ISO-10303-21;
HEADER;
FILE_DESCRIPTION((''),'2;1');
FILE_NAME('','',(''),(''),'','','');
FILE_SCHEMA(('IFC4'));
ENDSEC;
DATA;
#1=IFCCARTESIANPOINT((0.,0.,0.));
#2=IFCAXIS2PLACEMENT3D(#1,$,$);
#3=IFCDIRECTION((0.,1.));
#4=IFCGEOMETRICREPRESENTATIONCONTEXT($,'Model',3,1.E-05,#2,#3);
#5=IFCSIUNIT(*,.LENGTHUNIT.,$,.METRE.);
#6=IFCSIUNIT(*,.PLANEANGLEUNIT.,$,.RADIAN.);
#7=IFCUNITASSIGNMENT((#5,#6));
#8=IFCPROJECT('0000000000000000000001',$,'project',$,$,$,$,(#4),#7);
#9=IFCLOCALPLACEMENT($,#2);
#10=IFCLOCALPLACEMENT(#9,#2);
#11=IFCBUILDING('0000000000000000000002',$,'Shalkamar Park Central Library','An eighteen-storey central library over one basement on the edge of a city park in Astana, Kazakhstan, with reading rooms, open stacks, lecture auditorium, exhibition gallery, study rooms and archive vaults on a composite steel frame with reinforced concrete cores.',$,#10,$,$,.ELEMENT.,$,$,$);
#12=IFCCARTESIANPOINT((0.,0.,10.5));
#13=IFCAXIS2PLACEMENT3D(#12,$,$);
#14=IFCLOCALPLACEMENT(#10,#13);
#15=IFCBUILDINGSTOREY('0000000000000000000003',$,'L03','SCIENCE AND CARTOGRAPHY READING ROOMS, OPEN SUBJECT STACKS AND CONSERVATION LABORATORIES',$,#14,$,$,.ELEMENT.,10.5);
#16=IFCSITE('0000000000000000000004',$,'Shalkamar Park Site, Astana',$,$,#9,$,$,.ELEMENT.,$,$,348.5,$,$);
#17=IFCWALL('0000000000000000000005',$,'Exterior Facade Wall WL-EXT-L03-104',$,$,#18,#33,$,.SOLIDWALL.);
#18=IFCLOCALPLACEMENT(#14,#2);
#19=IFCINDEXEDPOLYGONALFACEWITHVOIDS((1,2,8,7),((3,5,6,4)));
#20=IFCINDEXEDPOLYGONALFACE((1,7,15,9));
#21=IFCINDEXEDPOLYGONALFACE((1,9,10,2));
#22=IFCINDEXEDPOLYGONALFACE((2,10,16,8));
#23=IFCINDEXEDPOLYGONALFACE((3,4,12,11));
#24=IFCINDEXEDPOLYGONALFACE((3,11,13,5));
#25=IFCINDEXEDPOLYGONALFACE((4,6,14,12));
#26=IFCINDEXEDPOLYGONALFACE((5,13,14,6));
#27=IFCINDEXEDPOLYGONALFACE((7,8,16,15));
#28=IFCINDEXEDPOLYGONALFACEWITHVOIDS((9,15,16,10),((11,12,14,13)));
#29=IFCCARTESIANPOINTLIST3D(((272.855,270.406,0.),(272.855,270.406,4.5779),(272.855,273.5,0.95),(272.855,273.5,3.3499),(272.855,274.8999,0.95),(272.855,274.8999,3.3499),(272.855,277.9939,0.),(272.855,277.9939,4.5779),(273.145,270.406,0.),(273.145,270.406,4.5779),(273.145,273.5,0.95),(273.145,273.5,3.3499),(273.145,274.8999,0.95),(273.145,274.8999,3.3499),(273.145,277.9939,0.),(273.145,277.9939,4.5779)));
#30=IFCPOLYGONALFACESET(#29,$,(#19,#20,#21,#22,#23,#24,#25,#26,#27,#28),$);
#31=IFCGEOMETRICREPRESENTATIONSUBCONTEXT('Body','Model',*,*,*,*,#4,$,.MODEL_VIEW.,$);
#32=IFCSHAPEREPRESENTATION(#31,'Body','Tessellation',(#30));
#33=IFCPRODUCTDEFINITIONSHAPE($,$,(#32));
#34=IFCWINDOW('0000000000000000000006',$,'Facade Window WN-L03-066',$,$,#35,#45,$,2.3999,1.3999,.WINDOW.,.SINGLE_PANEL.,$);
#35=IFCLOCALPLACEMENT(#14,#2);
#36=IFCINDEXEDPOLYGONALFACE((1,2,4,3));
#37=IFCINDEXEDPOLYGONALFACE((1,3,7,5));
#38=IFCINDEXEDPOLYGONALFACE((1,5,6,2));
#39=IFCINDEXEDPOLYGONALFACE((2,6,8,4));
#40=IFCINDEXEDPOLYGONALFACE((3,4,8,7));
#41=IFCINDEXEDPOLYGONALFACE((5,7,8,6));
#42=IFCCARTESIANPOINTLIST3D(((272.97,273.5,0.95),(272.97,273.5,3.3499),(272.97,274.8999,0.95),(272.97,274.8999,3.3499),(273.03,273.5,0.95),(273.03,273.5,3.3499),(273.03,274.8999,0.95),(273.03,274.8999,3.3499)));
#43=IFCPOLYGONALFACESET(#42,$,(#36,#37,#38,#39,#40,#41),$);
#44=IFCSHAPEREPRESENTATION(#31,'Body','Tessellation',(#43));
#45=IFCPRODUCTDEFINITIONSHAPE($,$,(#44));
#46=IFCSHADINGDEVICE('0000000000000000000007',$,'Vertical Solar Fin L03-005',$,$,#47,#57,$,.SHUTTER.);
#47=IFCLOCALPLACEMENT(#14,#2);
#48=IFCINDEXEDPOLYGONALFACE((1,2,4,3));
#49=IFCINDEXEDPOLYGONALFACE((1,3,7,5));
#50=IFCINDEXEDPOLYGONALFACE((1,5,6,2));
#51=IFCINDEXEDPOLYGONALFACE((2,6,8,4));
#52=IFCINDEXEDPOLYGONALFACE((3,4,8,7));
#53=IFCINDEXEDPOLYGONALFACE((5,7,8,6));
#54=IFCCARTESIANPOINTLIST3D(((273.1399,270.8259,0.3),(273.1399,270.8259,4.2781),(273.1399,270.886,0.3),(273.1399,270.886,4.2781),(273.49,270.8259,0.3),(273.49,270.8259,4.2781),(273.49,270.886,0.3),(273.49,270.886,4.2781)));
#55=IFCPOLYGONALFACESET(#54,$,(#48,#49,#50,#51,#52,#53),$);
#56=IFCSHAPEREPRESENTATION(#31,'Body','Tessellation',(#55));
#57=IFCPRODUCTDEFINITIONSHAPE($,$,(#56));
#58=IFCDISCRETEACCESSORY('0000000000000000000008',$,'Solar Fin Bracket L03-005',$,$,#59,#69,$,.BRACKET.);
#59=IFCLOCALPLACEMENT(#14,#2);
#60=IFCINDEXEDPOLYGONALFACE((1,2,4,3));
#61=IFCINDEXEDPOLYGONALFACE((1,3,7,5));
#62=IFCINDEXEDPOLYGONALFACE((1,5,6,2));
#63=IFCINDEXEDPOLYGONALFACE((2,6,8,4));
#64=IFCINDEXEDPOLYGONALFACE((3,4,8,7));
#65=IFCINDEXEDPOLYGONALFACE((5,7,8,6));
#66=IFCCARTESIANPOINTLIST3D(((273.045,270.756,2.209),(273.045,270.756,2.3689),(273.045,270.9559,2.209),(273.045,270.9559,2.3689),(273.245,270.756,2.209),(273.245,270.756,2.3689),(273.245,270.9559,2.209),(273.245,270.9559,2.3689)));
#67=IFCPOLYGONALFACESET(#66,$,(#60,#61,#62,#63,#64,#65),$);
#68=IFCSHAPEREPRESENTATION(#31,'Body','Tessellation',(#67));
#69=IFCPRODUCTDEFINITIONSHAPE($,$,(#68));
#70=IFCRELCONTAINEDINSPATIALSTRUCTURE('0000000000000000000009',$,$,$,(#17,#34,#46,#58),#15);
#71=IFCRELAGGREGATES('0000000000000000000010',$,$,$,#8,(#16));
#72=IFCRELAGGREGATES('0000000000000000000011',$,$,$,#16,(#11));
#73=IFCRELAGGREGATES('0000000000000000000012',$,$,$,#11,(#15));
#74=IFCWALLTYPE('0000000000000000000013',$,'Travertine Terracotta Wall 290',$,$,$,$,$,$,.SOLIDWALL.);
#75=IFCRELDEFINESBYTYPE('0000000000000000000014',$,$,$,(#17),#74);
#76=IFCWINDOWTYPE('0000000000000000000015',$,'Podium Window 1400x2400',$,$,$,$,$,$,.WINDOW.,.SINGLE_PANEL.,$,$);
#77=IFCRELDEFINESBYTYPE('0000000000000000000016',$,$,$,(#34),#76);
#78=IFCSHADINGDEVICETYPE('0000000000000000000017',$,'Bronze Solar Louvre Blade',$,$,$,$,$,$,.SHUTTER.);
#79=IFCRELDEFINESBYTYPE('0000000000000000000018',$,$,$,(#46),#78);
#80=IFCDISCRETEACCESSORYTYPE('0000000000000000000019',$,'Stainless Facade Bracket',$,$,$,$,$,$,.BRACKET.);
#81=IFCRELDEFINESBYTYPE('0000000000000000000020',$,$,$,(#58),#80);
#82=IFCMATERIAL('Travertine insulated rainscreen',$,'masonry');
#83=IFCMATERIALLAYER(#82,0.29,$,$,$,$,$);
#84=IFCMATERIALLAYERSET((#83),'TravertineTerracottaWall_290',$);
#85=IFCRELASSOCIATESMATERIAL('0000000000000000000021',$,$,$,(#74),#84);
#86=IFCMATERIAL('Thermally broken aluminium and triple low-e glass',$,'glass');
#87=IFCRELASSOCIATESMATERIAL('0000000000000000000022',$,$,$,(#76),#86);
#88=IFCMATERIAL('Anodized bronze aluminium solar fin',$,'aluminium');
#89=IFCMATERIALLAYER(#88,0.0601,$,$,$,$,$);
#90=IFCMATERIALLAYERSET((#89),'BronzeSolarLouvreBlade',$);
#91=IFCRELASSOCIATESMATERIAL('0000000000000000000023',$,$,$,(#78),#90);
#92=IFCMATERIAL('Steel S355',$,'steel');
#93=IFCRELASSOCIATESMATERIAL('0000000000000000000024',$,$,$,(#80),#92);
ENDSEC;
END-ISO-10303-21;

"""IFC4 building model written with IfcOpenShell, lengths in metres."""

from ifc_helpers import new_model, si_unit, direction, frame, frame_2d, origin, origin_2d, place, context, subcontext, project, spatial, rectangle, extrude, material, layer, layer_set, type_object, element, fill, save


model = new_model("IFC4")

# Units and contexts
model_context = context("Model", 3, precision=1e-05, world=origin(), true_north=direction((0.0, 1.0)))
body_context = subcontext(model_context, "Body", "Model", "MODEL_VIEW")
ifc_project = project(units=[si_unit("LENGTHUNIT", "METRE"), si_unit("PLANEANGLEUNIT", "RADIAN")], contexts=[model_context])

# Site, building, storey
site_placement = place(None, origin())
site = spatial("IfcSite", under=ifc_project, at=site_placement, Name="Shalkamar Park Site, Astana", CompositionType="ELEMENT", RefElevation=348.5)
building_placement = place(site_placement, origin())
building = spatial("IfcBuilding", under=site, at=building_placement, Name="Shalkamar Park Central Library", Description="An eighteen-storey central library over one basement on the edge of a city park in Astana, Kazakhstan, with reading rooms, open stacks, lecture auditorium, exhibition gallery, study rooms and archive vaults on a composite steel frame with reinforced concrete cores.", CompositionType="ELEMENT")
storey_placement = place(building_placement, frame((0.0, 0.0, 10.5)))
storey = spatial("IfcBuildingStorey", under=building, at=storey_placement, Name="L03", Description="SCIENCE AND CARTOGRAPHY READING ROOMS, OPEN SUBJECT STACKS AND CONSERVATION LABORATORIES", CompositionType="ELEMENT", Elevation=10.5)

# Shared definitions
ifc_material_1 = material(Name="Steel S355", Category="steel")

# Wall, opening, window
ifc_material_2 = material(Name="Travertine insulated rainscreen", Category="masonry")
ifc_layer_1 = layer(ifc_material_2, 0.29)
ifc_layer_set_1 = layer_set([ifc_layer_1], Name="TravertineTerracottaWall_290")
wall_type = type_object("IfcWallType", Name="Travertine Terracotta Wall 290", PredefinedType="SOLIDWALL", material=ifc_layer_set_1)
ifc_material_3 = material(Name="Thermally broken aluminium and triple low-e glass", Category="glass")
wall_1_placement = place(storey_placement, frame((273.0, 270.406, 0.0), z_axis=(0.0, 0.0, 1.0), x_axis=(0.0, 1.0, 0.0)))
wall_1 = element("IfcWall", 1, at=wall_1_placement, inside=storey, type_object=wall_type, Name="Exterior Facade Wall WL-EXT-L03-104", PredefinedType="SOLIDWALL", context=body_context, shape_type="SweptSolid", body=[
    extrude(rectangle(XDim=7.5879, YDim=0.29, at=frame_2d((3.7939, 0.0))), origin(), (0.0, 0.0, 1.0), 4.5779),
])
opening_1_placement = place(wall_1_placement, frame((3.094, 0.0, 0.95)))
opening_1 = element("IfcOpeningElement", 2, at=opening_1_placement, cuts=wall_1, PredefinedType="OPENING", context=body_context, shape_type="SweptSolid", body=[
    extrude(rectangle(XDim=1.3999, YDim=2.3999, at=frame_2d((0.7, 1.2))), frame((0.0, 0.1599, 0.0), z_axis=(0.0, -1.0, 0.0), x_axis=(1.0, 0.0, 0.0)), (0.0, 0.0, 1.0), 0.3198),
])
window_type_1 = type_object("IfcWindowType", Name="Podium Window 1400x2400", PartitioningType="SINGLE_PANEL", PredefinedType="WINDOW", material=ifc_material_3)
window_1_placement = place(opening_1_placement, origin())
window_1 = element("IfcWindow", 3, at=window_1_placement, inside=storey, type_object=window_type_1, Name="Facade Window WN-L03-066", OverallHeight=2.3999, OverallWidth=1.3999, PartitioningType="SINGLE_PANEL", PredefinedType="WINDOW", context=body_context, shape_type="SweptSolid", body=[
    extrude(rectangle(XDim=1.3999, YDim=2.3999, at=frame_2d((0.7, 1.2))), frame((0.0, 0.03, 0.0), z_axis=(0.0, -1.0, 0.0), x_axis=(1.0, 0.0, 0.0)), (0.0, 0.0, 1.0), 0.0601),
])
fill(opening_1, window_1)

# Shading device
ifc_material_4 = material(Name="Anodized bronze aluminium solar fin", Category="aluminium")
ifc_layer_2 = layer(ifc_material_4, 0.0601)
ifc_layer_set_2 = layer_set([ifc_layer_2], Name="BronzeSolarLouvreBlade")
shading_device_type = type_object("IfcShadingDeviceType", Name="Bronze Solar Louvre Blade", PredefinedType="SHUTTER", material=ifc_layer_set_2)
shading_device_placement = place(storey_placement, frame((273.3149, 270.856, 0.3), z_axis=(0.0, 0.0, 1.0), x_axis=(1.0, 0.0, 0.0)))
element("IfcShadingDevice", 4, at=shading_device_placement, inside=storey, type_object=shading_device_type, Name="Vertical Solar Fin L03-005", PredefinedType="SHUTTER", context=body_context, shape_type="SweptSolid", body=[
    extrude(rectangle(XDim=0.3501, YDim=0.0601, at=origin_2d()), origin(), (0.0, 0.0, 1.0), 3.978),
])

# Discrete accessory
discrete_accessory_type = type_object("IfcDiscreteAccessoryType", Name="Stainless Facade Bracket", PredefinedType="BRACKET", material=ifc_material_1)
discrete_accessory_placement = place(storey_placement, frame((273.145, 270.856, 2.209), z_axis=(0.0, 0.0, 1.0), x_axis=(1.0, 0.0, 0.0)))
element("IfcDiscreteAccessory", 5, at=discrete_accessory_placement, inside=storey, type_object=discrete_accessory_type, Name="Solar Fin Bracket L03-005", PredefinedType="BRACKET", context=body_context, shape_type="SweptSolid", body=[
    extrude(rectangle(XDim=0.2, YDim=0.2, at=origin_2d()), origin(), (0.0, 0.0, 1.0), 0.1599),
])

save(model, "model.ifc")
